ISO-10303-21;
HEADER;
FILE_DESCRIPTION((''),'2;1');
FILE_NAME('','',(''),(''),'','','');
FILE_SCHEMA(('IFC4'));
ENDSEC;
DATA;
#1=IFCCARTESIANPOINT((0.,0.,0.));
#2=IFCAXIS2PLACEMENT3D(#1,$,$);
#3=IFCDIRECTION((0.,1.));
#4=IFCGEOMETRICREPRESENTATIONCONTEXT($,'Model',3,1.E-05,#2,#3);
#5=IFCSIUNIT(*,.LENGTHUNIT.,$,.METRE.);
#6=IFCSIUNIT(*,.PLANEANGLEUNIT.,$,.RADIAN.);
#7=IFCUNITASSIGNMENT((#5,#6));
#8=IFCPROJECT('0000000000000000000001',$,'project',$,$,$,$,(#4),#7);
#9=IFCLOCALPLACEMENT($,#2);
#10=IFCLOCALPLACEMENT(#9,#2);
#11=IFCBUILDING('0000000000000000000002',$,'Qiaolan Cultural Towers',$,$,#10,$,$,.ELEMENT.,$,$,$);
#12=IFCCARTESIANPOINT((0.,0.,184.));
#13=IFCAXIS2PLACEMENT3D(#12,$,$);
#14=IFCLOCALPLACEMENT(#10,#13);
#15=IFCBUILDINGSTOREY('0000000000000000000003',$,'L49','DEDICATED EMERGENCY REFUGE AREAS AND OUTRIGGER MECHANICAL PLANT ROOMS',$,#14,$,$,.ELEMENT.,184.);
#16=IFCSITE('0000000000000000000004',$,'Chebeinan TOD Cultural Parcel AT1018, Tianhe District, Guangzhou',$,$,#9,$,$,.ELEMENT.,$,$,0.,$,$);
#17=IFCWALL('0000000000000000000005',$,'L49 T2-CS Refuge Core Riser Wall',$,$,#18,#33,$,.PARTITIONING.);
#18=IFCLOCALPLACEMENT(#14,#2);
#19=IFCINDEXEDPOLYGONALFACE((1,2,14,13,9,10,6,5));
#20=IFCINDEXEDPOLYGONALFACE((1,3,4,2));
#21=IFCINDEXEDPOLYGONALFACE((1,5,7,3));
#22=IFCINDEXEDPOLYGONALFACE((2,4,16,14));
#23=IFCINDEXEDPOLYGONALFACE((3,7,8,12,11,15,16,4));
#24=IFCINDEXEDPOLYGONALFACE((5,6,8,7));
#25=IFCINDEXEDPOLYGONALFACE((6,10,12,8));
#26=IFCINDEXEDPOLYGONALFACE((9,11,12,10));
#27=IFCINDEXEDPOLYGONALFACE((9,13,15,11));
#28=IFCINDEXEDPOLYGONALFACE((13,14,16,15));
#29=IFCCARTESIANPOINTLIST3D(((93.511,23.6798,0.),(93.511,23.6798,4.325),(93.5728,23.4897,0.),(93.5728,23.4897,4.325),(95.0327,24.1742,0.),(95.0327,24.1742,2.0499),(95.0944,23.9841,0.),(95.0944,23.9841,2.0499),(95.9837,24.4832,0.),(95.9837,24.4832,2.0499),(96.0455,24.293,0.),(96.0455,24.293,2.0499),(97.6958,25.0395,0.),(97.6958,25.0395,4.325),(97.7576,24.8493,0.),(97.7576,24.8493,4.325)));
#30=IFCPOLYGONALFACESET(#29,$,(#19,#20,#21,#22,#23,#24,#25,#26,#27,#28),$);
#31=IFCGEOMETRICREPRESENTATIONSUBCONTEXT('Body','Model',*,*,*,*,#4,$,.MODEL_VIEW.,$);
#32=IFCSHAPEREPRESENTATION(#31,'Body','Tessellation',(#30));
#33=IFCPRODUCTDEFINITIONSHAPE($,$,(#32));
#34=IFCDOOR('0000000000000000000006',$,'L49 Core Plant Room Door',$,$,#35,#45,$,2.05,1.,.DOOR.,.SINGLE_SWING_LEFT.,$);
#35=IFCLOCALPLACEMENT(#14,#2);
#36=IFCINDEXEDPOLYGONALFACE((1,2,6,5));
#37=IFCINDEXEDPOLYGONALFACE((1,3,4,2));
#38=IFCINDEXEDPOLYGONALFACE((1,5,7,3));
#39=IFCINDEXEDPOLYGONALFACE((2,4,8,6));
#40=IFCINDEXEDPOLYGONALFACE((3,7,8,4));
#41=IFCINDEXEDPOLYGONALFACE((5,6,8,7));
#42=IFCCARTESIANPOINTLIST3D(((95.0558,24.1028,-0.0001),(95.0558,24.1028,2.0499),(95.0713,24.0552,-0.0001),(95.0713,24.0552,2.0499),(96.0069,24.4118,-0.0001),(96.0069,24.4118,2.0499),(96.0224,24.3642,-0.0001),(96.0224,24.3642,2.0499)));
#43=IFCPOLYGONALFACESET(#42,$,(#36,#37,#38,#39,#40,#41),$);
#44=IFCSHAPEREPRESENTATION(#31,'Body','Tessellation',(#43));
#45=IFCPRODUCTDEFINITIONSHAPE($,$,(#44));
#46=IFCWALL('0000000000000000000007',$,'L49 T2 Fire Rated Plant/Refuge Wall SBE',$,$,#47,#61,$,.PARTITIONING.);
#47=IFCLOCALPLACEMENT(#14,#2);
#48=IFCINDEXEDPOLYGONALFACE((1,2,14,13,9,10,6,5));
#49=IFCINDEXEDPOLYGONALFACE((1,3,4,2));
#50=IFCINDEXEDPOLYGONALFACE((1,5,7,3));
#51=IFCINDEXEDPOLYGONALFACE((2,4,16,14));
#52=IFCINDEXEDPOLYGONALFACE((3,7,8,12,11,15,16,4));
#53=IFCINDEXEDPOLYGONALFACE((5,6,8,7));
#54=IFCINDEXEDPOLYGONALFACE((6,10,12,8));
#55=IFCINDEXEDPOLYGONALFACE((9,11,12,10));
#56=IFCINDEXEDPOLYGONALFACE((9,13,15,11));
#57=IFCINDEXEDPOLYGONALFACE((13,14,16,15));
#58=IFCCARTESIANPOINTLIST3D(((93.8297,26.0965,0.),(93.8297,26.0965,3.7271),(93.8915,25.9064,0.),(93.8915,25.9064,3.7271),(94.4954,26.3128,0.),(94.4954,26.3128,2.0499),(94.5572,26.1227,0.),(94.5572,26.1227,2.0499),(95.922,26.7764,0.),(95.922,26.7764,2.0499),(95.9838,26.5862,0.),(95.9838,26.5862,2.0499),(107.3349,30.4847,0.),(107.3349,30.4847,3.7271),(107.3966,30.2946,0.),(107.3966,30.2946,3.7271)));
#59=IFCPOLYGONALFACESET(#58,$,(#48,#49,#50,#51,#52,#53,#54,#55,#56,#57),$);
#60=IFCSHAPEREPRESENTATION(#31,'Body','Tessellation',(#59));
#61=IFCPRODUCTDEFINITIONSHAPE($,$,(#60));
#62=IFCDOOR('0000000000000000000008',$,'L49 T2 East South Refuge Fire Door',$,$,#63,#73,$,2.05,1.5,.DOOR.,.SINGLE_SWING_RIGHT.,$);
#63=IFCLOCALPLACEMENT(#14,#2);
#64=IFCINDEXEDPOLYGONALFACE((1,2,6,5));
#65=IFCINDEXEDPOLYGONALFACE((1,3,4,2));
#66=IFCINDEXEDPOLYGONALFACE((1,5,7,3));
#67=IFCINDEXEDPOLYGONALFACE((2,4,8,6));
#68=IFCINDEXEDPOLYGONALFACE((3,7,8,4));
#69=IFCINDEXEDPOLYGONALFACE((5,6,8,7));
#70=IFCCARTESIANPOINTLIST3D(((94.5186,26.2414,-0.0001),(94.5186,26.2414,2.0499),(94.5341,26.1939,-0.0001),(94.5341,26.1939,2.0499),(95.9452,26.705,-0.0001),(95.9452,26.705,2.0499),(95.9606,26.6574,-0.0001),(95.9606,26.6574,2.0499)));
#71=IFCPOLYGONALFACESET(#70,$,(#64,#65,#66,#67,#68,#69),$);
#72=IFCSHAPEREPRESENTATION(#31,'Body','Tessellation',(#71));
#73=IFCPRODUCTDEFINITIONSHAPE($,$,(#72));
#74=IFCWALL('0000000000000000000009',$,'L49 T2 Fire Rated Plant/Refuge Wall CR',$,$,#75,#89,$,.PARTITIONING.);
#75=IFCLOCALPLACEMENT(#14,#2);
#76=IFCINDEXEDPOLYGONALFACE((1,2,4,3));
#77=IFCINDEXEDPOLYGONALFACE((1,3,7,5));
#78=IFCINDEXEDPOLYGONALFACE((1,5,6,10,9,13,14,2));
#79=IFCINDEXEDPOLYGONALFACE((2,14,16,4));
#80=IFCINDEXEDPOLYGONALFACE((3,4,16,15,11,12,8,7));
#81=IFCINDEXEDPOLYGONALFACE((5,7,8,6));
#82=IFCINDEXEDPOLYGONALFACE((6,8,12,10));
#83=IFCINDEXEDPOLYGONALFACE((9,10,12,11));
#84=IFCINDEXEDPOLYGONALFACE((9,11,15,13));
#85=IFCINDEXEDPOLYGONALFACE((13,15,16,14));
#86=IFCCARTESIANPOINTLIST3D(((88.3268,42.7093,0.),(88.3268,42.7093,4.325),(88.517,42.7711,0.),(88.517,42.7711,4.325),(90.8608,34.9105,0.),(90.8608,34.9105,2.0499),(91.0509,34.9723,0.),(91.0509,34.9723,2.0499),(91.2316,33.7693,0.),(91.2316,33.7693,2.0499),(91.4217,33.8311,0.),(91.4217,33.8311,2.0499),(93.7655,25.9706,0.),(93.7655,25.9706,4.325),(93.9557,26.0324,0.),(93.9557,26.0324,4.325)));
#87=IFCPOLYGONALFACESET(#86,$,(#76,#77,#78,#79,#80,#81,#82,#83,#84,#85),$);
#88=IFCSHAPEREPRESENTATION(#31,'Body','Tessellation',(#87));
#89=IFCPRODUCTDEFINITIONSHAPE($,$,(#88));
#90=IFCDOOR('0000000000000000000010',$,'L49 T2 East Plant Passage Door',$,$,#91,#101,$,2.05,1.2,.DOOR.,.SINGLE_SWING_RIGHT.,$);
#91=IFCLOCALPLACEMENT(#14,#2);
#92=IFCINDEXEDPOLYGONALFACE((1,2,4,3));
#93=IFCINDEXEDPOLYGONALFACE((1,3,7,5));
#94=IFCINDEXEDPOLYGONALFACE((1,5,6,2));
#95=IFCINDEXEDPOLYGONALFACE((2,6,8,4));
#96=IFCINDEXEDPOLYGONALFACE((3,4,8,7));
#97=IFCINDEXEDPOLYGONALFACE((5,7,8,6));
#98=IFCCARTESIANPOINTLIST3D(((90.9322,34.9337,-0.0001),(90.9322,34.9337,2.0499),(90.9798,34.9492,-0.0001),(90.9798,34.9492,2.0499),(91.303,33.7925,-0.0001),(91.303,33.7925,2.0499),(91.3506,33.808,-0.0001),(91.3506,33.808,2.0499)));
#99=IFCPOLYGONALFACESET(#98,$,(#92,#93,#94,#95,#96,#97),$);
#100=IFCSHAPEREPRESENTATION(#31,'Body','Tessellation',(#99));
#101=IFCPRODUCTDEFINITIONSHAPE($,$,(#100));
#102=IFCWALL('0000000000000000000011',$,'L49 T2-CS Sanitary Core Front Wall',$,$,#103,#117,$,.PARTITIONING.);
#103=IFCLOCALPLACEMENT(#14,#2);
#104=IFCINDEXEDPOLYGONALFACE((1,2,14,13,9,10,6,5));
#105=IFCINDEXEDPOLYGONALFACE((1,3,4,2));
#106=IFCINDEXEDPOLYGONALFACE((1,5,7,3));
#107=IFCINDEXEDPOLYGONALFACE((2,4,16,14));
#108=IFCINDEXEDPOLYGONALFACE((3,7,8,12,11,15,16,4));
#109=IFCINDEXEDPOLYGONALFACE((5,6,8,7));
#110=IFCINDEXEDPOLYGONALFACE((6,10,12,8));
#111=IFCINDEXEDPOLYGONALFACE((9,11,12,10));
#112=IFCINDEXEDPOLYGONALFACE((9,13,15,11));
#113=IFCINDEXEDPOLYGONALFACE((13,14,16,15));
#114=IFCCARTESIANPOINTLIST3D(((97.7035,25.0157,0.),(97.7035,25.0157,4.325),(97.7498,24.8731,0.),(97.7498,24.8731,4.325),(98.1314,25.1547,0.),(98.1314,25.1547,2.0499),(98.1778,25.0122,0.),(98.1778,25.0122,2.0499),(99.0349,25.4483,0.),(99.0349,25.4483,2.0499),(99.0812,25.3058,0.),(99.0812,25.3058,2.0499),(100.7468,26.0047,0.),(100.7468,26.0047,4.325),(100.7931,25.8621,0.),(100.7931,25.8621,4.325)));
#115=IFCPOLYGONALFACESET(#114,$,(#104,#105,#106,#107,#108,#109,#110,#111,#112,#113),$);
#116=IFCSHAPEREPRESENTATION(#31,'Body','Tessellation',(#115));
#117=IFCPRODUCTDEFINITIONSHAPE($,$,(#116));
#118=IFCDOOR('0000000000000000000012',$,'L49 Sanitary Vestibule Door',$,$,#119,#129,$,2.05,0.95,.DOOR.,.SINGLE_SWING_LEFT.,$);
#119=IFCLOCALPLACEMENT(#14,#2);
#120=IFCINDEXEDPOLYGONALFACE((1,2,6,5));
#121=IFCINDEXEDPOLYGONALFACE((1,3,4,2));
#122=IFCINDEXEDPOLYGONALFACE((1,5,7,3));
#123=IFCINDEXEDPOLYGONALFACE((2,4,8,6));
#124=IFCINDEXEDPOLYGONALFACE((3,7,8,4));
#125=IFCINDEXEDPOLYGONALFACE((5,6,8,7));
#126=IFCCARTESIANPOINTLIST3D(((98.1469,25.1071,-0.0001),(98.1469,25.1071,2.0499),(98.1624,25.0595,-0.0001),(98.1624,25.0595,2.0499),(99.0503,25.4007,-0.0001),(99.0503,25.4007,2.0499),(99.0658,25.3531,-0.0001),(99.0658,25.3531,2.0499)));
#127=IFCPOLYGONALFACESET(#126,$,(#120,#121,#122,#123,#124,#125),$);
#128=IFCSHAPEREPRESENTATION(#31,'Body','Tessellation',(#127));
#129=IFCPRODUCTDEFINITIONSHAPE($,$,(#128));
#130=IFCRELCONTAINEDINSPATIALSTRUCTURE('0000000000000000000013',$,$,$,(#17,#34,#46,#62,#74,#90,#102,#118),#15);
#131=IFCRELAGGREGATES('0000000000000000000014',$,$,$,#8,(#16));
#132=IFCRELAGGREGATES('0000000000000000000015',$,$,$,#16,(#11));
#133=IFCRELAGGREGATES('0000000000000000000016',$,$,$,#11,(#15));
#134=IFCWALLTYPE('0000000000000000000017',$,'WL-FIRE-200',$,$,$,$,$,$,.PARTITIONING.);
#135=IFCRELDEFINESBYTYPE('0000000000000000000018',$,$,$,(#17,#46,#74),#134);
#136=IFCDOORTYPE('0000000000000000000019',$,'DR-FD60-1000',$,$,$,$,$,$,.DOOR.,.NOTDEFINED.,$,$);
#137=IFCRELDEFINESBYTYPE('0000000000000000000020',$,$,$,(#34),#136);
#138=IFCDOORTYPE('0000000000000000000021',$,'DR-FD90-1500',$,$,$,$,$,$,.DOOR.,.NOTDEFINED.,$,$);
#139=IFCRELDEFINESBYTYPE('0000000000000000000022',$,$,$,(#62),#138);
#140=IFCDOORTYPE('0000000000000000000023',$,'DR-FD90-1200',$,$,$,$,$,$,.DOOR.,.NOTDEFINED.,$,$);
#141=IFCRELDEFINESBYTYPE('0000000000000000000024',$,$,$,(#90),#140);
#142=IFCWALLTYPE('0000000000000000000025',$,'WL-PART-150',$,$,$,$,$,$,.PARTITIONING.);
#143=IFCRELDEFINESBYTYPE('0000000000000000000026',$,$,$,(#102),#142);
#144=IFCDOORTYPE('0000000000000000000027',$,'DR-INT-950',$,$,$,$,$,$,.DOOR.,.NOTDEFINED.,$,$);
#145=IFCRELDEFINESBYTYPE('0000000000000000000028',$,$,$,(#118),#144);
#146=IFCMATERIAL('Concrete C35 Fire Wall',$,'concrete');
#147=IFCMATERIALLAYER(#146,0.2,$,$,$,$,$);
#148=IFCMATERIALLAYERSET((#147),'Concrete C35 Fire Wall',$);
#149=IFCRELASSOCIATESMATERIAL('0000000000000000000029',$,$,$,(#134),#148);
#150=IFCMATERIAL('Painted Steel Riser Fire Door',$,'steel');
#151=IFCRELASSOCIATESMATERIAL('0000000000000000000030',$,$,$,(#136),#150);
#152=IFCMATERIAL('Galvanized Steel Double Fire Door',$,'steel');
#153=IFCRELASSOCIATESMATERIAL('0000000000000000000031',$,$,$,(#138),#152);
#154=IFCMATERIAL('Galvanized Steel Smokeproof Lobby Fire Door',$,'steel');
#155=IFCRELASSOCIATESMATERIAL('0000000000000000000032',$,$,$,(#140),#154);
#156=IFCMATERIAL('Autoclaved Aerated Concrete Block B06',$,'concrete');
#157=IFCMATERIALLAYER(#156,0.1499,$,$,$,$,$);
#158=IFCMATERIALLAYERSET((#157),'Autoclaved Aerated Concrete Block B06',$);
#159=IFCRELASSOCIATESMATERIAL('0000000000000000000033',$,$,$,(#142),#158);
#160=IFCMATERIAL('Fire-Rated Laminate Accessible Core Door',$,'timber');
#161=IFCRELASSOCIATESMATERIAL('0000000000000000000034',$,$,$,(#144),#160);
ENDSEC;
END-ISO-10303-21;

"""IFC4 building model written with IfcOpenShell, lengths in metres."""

from ifc_helpers import new_model, si_unit, direction, frame, frame_2d, origin, place, context, subcontext, project, spatial, rectangle, extrude, material, layer, layer_set, type_object, element, fill, save


model = new_model("IFC4")

# Units and contexts
model_context = context("Model", 3, precision=1e-05, world=origin(), true_north=direction((0.0, 1.0)))
body_context = subcontext(model_context, "Body", "Model", "MODEL_VIEW")
ifc_project = project(units=[si_unit("LENGTHUNIT", "METRE"), si_unit("PLANEANGLEUNIT", "RADIAN")], contexts=[model_context])

# Site, building, storey
site_placement = place(None, origin())
site = spatial("IfcSite", under=ifc_project, at=site_placement, Name="Chebeinan TOD Cultural Parcel AT1018, Tianhe District, Guangzhou", CompositionType="ELEMENT", RefElevation=0.0)
building_placement = place(site_placement, origin())
building = spatial("IfcBuilding", under=site, at=building_placement, Name="Qiaolan Cultural Towers", CompositionType="ELEMENT")
storey_placement = place(building_placement, frame((0.0, 0.0, 184.0)))
storey = spatial("IfcBuildingStorey", under=building, at=storey_placement, Name="L49", Description="DEDICATED EMERGENCY REFUGE AREAS AND OUTRIGGER MECHANICAL PLANT ROOMS", CompositionType="ELEMENT", Elevation=184.0)

# Shared definitions
ifc_material_1 = material(Name="Concrete C35 Fire Wall", Category="concrete")
ifc_layer_1 = layer(ifc_material_1, 0.2)
ifc_layer_set_1 = layer_set([ifc_layer_1], Name="Concrete C35 Fire Wall")
wall_type_1 = type_object("IfcWallType", Name="WL-FIRE-200", PredefinedType="PARTITIONING", material=ifc_layer_set_1)

# Walls, openings, doors
wall_1_placement = place(storey_placement, frame((93.5417, 23.5847, 0.0), z_axis=(0.0, 0.0, 1.0), x_axis=(0.951064, 0.308994, 0.0)))
wall_1 = element("IfcWall", 1, at=wall_1_placement, inside=storey, type_object=wall_type_1, Name="L49 T2-CS Refuge Core Riser Wall", PredefinedType="PARTITIONING", context=body_context, shape_type="SweptSolid", body=[
    extrude(rectangle(XDim=4.4001, YDim=0.2, at=frame_2d((2.2002, 0.0))), origin(), (0.0, 0.0, 1.0), 4.325),
])
opening_1_placement = place(wall_1_placement, frame((1.6001, 0.0, 0.0)))
opening_1 = element("IfcOpeningElement", 2, at=opening_1_placement, cuts=wall_1, PredefinedType="OPENING", context=body_context, shape_type="SweptSolid", body=[
    extrude(rectangle(XDim=1.0, YDim=2.05, at=frame_2d((0.5, 1.0249))), frame((0.0, 0.1099, 0.0), z_axis=(0.0, -1.0, 0.0), x_axis=(1.0, 0.0, 0.0)), (0.0, 0.0, 1.0), 0.22),
])
ifc_material_2 = material(Name="Painted Steel Riser Fire Door", Category="steel")
door_type_1 = type_object("IfcDoorType", Name="DR-FD60-1000", OperationType="NOTDEFINED", PredefinedType="DOOR", material=ifc_material_2)
door_1_placement = place(opening_1_placement, origin())
door_1 = element("IfcDoor", 3, at=door_1_placement, inside=storey, type_object=door_type_1, Name="L49 Core Plant Room Door", OperationType="SINGLE_SWING_LEFT", OverallHeight=2.05, OverallWidth=1.0, PredefinedType="DOOR", context=body_context, shape_type="SweptSolid", body=[
    extrude(rectangle(XDim=1.0, YDim=2.05, at=frame_2d((0.5, 1.0249))), frame((0.0, 0.0249, 0.0), z_axis=(0.0, -1.0, 0.0), x_axis=(1.0, 0.0, 0.0)), (0.0, 0.0, 1.0), 0.05),
])
fill(opening_1, door_1)
wall_2_placement = place(storey_placement, frame((93.8606, 26.0015, 0.0), z_axis=(0.0, 0.0, 1.0), x_axis=(0.951054, 0.309023, 0.0)))
wall_2 = element("IfcWall", 4, at=wall_2_placement, inside=storey, type_object=wall_type_1, Name="L49 T2 Fire Rated Plant/Refuge Wall SBE", PredefinedType="PARTITIONING", context=body_context, shape_type="SweptSolid", body=[
    extrude(rectangle(XDim=14.2002, YDim=0.2, at=frame_2d((7.1001, 0.0))), origin(), (0.0, 0.0, 1.0), 3.7271),
])
opening_2_placement = place(wall_2_placement, frame((0.7, 0.0, 0.0)))
opening_2 = element("IfcOpeningElement", 5, at=opening_2_placement, cuts=wall_2, PredefinedType="OPENING", context=body_context, shape_type="SweptSolid", body=[
    extrude(rectangle(XDim=1.5, YDim=2.05, at=frame_2d((0.75, 1.0249))), frame((0.0, 0.1099, 0.0), z_axis=(0.0, -1.0, 0.0), x_axis=(1.0, 0.0, 0.0)), (0.0, 0.0, 1.0), 0.22),
])
ifc_material_3 = material(Name="Galvanized Steel Double Fire Door", Category="steel")
door_type_2 = type_object("IfcDoorType", Name="DR-FD90-1500", OperationType="NOTDEFINED", PredefinedType="DOOR", material=ifc_material_3)
door_2_placement = place(opening_2_placement, origin())
door_2 = element("IfcDoor", 6, at=door_2_placement, inside=storey, type_object=door_type_2, Name="L49 T2 East South Refuge Fire Door", OperationType="SINGLE_SWING_RIGHT", OverallHeight=2.05, OverallWidth=1.5, PredefinedType="DOOR", context=body_context, shape_type="SweptSolid", body=[
    extrude(rectangle(XDim=1.5, YDim=2.05, at=frame_2d((0.75, 1.0249))), frame((0.0, 0.0249, 0.0), z_axis=(0.0, -1.0, 0.0), x_axis=(1.0, 0.0, 0.0)), (0.0, 0.0, 1.0), 0.05),
])
fill(opening_2, door_2)
wall_3_placement = place(storey_placement, frame((93.8606, 26.0015, 0.0), z_axis=(0.0, 0.0, 1.0), x_axis=(-0.309015, 0.951057, 0.0)))
wall_3 = element("IfcWall", 7, at=wall_3_placement, inside=storey, type_object=wall_type_1, Name="L49 T2 Fire Rated Plant/Refuge Wall CR", PredefinedType="PARTITIONING", context=body_context, shape_type="SweptSolid", body=[
    extrude(rectangle(XDim=17.6001, YDim=0.2, at=frame_2d((8.8, 0.0))), origin(), (0.0, 0.0, 1.0), 4.325),
])
opening_3_placement = place(wall_3_placement, frame((8.2, 0.0, 0.0)))
opening_3 = element("IfcOpeningElement", 8, at=opening_3_placement, cuts=wall_3, PredefinedType="OPENING", context=body_context, shape_type="SweptSolid", body=[
    extrude(rectangle(XDim=1.2, YDim=2.05, at=frame_2d((0.6001, 1.0249))), frame((0.0, 0.1099, 0.0), z_axis=(0.0, -1.0, 0.0), x_axis=(1.0, 0.0, 0.0)), (0.0, 0.0, 1.0), 0.22),
])
ifc_material_4 = material(Name="Galvanized Steel Smokeproof Lobby Fire Door", Category="steel")
door_type_3 = type_object("IfcDoorType", Name="DR-FD90-1200", OperationType="NOTDEFINED", PredefinedType="DOOR", material=ifc_material_4)
door_3_placement = place(opening_3_placement, origin())
door_3 = element("IfcDoor", 9, at=door_3_placement, inside=storey, type_object=door_type_3, Name="L49 T2 East Plant Passage Door", OperationType="SINGLE_SWING_RIGHT", OverallHeight=2.05, OverallWidth=1.2, PredefinedType="DOOR", context=body_context, shape_type="SweptSolid", body=[
    extrude(rectangle(XDim=1.2, YDim=2.05, at=frame_2d((0.6001, 1.0249))), frame((0.0, 0.0249, 0.0), z_axis=(0.0, -1.0, 0.0), x_axis=(1.0, 0.0, 0.0)), (0.0, 0.0, 1.0), 0.05),
])
fill(opening_3, door_3)
ifc_material_5 = material(Name="Autoclaved Aerated Concrete Block B06", Category="concrete")
ifc_layer_2 = layer(ifc_material_5, 0.1499)
ifc_layer_set_2 = layer_set([ifc_layer_2], Name="Autoclaved Aerated Concrete Block B06")
wall_type_2 = type_object("IfcWallType", Name="WL-PART-150", PredefinedType="PARTITIONING", material=ifc_layer_set_2)
wall_4_placement = place(storey_placement, frame((97.7266, 24.9443, 0.0), z_axis=(0.0, 0.0, 1.0), x_axis=(0.951037, 0.309077, 0.0)))
wall_4 = element("IfcWall", 10, at=wall_4_placement, inside=storey, type_object=wall_type_2, Name="L49 T2-CS Sanitary Core Front Wall", PredefinedType="PARTITIONING", context=body_context, shape_type="SweptSolid", body=[
    extrude(rectangle(XDim=3.2, YDim=0.1499, at=frame_2d((1.6001, 0.0))), origin(), (0.0, 0.0, 1.0), 4.325),
])
opening_4_placement = place(wall_4_placement, frame((0.45, 0.0, 0.0)))
opening_4 = element("IfcOpeningElement", 11, at=opening_4_placement, cuts=wall_4, PredefinedType="OPENING", context=body_context, shape_type="SweptSolid", body=[
    extrude(rectangle(XDim=0.95, YDim=2.05, at=frame_2d((0.4751, 1.0249))), frame((0.0, 0.085, 0.0), z_axis=(0.0, -1.0, 0.0), x_axis=(1.0, 0.0, 0.0)), (0.0, 0.0, 1.0), 0.1699),
])
ifc_material_6 = material(Name="Fire-Rated Laminate Accessible Core Door", Category="timber")
door_type_4 = type_object("IfcDoorType", Name="DR-INT-950", OperationType="NOTDEFINED", PredefinedType="DOOR", material=ifc_material_6)
door_4_placement = place(opening_4_placement, origin())
door_4 = element("IfcDoor", 12, at=door_4_placement, inside=storey, type_object=door_type_4, Name="L49 Sanitary Vestibule Door", OperationType="SINGLE_SWING_LEFT", OverallHeight=2.05, OverallWidth=0.95, PredefinedType="DOOR", context=body_context, shape_type="SweptSolid", body=[
    extrude(rectangle(XDim=0.95, YDim=2.05, at=frame_2d((0.4751, 1.0249))), frame((0.0, 0.0249, 0.0), z_axis=(0.0, -1.0, 0.0), x_axis=(1.0, 0.0, 0.0)), (0.0, 0.0, 1.0), 0.05),
])
fill(opening_4, door_4)

save(model, "model.ifc")
